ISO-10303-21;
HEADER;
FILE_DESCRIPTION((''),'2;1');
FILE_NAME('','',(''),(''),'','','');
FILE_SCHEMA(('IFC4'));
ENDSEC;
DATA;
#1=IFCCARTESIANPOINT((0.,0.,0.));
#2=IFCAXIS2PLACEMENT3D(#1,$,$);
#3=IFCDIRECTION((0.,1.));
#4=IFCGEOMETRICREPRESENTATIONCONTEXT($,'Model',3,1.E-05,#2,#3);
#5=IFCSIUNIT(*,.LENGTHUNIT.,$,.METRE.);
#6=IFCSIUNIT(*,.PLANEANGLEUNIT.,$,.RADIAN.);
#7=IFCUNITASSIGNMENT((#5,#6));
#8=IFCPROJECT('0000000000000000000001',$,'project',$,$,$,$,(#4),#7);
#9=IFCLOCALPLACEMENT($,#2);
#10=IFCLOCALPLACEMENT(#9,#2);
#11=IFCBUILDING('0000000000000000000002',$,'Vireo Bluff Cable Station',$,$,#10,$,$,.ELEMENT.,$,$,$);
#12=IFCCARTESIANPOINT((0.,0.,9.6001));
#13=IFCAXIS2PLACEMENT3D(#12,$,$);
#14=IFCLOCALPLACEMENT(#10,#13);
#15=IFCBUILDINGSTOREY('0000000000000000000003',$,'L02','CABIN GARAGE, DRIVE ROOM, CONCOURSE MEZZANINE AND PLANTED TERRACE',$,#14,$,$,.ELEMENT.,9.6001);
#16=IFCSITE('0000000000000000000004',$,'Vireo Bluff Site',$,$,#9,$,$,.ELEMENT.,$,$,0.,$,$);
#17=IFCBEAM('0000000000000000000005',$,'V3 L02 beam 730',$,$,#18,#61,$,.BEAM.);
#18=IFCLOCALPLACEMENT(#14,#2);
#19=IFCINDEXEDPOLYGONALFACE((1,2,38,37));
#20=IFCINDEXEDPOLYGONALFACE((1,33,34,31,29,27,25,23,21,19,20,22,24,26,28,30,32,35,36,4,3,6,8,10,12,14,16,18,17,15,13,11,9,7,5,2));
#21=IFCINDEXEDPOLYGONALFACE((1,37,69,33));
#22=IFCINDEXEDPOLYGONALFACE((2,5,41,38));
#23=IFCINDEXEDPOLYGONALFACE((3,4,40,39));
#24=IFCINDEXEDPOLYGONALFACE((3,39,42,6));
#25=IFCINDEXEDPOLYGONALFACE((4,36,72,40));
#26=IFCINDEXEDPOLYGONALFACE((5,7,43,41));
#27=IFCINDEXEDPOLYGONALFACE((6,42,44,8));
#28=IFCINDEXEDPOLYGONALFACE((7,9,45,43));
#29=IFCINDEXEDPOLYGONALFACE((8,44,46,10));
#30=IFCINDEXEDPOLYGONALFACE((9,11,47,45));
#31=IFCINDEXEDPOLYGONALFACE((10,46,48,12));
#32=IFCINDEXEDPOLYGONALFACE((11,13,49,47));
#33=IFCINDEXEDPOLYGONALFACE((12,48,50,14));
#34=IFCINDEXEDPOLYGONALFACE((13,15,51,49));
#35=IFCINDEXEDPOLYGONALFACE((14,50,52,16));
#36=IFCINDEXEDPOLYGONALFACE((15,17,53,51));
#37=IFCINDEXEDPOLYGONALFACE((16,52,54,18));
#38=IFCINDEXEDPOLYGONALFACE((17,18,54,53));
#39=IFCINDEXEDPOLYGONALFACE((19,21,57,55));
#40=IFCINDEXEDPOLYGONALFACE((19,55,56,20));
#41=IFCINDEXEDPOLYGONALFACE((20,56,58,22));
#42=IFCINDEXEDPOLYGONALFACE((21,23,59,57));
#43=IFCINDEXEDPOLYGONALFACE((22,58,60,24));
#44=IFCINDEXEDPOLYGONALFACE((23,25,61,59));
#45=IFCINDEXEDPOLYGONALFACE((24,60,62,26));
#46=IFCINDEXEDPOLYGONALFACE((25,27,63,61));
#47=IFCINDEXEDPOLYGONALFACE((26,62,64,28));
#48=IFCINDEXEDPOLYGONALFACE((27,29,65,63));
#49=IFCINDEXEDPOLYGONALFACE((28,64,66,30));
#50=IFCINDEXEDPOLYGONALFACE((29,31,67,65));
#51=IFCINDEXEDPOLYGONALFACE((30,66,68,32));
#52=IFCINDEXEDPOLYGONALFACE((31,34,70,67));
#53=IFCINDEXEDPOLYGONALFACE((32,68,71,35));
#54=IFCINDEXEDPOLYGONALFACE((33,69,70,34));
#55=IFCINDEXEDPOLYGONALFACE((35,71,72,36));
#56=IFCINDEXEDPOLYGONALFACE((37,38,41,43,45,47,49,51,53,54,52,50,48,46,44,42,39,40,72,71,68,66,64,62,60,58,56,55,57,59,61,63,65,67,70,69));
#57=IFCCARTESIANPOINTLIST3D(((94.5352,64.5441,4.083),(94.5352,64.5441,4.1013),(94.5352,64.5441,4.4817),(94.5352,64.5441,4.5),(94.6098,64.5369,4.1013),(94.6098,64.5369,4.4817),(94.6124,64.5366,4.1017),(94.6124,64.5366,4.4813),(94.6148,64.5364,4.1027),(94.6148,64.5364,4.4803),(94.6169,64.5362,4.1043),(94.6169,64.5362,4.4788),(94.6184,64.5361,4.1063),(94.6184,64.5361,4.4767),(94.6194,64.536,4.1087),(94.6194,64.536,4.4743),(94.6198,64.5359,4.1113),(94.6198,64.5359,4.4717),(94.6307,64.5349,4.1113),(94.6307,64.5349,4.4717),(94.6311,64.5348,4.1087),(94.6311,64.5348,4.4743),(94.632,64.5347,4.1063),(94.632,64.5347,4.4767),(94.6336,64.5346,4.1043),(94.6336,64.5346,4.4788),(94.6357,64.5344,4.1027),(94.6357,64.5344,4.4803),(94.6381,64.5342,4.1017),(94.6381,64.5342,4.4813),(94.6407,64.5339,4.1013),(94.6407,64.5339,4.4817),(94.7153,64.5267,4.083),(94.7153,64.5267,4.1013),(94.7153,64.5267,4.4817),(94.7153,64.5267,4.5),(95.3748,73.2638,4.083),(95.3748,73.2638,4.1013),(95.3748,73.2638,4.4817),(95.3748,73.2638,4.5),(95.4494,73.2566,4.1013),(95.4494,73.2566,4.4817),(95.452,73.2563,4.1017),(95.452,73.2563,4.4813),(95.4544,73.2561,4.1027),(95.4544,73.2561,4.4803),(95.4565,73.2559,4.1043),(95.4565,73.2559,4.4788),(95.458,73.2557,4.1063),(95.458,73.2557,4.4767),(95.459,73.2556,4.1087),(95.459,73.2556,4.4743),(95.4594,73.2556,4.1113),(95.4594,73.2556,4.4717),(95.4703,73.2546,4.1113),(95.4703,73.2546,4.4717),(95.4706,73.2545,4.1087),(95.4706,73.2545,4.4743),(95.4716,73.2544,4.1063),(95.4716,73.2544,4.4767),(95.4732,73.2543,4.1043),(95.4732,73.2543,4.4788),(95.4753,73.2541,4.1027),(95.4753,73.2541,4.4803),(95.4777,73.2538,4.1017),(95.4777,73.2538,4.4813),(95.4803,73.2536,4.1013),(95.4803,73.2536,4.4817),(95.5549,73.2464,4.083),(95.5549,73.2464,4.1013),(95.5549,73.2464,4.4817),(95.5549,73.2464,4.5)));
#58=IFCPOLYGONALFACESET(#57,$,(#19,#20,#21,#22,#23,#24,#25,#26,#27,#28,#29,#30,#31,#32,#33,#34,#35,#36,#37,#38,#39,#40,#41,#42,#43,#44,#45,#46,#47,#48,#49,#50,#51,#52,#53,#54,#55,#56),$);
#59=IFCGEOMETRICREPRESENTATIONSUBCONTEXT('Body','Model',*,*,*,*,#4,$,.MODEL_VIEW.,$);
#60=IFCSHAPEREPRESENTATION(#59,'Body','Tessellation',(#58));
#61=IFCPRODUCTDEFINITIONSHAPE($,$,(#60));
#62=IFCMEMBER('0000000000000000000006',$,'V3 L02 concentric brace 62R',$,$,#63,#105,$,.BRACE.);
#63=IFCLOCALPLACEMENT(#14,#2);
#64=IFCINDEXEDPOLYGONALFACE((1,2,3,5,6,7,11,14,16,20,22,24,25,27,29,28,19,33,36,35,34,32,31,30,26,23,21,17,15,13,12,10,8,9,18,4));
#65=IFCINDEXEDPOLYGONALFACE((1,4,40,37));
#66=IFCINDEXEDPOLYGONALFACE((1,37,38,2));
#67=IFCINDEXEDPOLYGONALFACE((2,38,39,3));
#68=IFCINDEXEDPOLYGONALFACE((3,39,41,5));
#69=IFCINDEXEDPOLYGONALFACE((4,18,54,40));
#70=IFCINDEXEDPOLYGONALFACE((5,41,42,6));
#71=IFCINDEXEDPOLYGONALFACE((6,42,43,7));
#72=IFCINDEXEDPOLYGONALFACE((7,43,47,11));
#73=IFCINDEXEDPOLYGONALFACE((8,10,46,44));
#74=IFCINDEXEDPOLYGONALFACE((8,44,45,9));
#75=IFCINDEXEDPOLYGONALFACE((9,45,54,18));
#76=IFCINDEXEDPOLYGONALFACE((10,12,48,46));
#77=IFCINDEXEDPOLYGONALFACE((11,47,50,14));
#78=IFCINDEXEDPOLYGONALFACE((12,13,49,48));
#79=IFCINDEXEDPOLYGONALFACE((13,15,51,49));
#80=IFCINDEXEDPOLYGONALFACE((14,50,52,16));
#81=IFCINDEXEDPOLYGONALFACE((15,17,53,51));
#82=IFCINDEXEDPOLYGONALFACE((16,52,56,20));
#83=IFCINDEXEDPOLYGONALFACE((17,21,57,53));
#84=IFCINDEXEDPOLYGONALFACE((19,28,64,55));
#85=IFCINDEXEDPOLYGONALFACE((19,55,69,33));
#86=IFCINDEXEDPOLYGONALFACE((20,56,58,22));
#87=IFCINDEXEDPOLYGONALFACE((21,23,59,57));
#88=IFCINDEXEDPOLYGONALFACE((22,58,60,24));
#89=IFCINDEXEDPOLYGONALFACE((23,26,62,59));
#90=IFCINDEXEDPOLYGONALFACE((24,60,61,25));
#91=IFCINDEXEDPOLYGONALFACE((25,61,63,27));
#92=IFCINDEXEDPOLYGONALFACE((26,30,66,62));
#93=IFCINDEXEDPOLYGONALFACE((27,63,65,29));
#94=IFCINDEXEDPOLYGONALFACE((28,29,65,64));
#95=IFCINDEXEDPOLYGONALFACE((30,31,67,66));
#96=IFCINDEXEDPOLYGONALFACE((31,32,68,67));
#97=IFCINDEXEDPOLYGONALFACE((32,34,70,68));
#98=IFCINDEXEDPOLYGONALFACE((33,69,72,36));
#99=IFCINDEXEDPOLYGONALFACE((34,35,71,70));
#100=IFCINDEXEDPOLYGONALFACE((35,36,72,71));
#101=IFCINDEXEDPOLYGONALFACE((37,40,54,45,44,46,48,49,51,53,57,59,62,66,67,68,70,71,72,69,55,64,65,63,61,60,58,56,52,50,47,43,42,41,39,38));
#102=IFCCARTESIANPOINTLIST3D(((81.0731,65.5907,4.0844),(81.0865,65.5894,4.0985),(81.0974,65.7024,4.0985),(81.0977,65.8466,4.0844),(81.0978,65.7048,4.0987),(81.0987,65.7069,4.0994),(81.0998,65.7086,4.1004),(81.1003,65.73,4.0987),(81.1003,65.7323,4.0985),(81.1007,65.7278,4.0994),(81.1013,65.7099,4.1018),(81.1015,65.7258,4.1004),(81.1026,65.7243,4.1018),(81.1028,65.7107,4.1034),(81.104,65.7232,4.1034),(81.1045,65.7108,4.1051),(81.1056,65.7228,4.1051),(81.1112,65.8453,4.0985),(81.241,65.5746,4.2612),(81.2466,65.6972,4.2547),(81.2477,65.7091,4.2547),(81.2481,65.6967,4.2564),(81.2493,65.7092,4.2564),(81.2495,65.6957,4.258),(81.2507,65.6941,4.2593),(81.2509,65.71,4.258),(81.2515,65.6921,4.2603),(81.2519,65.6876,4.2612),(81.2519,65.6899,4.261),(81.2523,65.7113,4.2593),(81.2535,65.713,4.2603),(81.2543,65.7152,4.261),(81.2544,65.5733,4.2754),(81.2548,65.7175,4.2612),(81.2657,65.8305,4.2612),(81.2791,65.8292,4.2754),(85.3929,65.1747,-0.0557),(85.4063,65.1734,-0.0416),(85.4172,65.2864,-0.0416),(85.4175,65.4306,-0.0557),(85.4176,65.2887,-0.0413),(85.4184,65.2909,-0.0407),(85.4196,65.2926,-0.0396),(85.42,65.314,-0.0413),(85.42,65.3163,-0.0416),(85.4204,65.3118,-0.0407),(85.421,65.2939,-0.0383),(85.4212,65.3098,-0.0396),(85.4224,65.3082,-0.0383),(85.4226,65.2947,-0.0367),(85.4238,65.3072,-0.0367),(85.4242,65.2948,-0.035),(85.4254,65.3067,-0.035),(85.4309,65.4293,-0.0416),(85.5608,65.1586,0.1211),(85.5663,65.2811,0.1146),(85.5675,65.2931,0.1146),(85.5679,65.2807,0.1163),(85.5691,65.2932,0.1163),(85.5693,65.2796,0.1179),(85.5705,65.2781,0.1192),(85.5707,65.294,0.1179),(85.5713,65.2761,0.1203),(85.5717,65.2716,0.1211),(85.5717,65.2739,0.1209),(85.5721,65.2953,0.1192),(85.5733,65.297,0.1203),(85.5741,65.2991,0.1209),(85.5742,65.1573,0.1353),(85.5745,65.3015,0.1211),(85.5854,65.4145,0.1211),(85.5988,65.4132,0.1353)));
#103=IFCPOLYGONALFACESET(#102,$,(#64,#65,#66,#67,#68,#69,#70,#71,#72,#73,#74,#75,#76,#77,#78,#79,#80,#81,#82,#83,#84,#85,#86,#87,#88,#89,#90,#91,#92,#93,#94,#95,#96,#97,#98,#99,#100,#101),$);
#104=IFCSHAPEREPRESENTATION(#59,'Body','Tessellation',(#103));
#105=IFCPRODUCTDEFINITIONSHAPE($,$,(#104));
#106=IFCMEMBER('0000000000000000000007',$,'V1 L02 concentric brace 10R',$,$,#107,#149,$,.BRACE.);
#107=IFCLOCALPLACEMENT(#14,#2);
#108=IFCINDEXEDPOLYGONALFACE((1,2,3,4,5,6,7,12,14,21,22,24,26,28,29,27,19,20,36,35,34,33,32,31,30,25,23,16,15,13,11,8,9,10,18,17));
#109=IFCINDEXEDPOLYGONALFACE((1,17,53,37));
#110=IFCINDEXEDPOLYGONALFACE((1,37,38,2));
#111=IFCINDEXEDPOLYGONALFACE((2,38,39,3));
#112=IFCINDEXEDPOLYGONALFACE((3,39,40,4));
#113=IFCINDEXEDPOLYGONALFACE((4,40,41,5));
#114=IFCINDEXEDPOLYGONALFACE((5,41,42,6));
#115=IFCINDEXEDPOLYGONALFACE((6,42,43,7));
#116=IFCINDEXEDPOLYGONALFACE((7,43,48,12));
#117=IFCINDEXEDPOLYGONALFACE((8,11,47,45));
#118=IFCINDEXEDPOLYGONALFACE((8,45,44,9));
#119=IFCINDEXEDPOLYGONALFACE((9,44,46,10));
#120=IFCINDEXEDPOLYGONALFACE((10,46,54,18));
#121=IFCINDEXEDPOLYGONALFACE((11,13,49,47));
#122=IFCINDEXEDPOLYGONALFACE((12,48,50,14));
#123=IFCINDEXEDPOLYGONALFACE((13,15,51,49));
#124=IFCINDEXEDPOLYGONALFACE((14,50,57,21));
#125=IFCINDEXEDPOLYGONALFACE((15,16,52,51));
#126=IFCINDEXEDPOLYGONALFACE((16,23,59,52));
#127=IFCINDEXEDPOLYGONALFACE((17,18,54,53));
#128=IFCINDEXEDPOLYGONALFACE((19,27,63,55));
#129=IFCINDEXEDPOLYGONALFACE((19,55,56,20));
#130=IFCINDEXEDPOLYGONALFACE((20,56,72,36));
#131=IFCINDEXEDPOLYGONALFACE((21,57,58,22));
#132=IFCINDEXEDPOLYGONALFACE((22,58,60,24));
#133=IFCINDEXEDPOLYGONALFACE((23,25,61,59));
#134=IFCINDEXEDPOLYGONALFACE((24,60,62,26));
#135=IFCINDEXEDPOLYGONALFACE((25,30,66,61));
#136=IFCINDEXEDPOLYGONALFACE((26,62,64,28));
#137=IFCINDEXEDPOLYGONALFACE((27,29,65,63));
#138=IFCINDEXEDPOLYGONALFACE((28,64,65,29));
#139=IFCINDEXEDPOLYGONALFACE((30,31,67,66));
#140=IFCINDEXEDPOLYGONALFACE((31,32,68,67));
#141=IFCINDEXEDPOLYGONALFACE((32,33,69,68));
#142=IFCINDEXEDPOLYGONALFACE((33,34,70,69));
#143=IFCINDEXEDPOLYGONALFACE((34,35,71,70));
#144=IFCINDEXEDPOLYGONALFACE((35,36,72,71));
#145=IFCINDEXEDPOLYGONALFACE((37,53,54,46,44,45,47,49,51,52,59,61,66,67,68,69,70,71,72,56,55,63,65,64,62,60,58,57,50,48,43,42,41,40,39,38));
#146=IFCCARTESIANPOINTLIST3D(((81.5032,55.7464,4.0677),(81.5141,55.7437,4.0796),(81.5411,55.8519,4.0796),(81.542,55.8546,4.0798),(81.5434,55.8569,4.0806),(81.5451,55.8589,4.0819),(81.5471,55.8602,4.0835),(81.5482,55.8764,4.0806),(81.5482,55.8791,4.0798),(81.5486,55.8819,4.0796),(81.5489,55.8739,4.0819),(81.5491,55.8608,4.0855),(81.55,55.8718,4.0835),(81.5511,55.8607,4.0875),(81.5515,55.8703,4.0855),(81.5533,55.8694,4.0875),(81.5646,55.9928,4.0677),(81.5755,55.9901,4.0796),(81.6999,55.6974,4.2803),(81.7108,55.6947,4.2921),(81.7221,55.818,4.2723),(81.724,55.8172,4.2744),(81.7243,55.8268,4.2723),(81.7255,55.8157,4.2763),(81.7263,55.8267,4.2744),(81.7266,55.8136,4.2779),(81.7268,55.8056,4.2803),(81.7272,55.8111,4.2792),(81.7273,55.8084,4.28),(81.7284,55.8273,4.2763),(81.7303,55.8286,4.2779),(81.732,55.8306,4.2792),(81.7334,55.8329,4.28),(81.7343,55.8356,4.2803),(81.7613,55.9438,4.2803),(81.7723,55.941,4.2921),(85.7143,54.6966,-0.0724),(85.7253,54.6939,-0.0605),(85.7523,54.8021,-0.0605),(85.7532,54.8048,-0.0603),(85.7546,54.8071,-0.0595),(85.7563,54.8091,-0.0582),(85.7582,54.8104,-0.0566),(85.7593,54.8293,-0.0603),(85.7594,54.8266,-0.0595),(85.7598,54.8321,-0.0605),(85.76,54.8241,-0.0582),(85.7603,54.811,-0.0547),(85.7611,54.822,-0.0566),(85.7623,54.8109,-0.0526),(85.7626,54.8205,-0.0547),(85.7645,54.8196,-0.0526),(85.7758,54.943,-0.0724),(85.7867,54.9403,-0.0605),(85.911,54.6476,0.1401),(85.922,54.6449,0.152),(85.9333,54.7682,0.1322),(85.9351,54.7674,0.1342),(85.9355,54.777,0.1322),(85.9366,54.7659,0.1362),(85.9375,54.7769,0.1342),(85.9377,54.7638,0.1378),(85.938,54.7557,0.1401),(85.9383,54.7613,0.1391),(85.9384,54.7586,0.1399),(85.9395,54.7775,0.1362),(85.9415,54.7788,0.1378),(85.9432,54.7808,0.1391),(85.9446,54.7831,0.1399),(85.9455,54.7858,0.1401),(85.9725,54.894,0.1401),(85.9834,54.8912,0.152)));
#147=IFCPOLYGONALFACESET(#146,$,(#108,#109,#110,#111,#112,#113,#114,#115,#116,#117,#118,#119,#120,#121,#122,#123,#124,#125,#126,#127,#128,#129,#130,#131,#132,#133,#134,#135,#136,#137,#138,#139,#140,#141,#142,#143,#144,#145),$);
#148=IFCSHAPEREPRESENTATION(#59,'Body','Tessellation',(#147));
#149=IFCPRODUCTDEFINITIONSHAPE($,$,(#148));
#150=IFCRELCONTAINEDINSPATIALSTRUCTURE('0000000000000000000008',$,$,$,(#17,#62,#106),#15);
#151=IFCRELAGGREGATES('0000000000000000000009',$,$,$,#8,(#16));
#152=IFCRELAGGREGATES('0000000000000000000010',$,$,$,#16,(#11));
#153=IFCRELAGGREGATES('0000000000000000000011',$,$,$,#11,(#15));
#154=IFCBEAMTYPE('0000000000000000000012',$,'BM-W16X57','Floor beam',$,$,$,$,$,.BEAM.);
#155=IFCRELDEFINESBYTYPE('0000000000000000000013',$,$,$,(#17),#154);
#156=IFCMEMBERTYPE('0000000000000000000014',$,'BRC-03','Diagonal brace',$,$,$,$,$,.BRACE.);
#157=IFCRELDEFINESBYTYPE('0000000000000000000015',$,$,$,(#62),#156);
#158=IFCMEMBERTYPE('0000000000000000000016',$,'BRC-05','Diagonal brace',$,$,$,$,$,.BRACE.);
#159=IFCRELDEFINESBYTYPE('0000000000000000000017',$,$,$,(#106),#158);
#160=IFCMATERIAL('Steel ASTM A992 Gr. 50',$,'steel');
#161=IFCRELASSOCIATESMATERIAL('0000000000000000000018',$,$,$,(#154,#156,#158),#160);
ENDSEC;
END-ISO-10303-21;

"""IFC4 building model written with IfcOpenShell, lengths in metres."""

from ifc_helpers import new_model, si_unit, direction, frame, origin, origin_2d, place, context, subcontext, project, spatial, i_section, extrude, material, material_profile, profile_set, type_object, element, save


model = new_model("IFC4")

# Units and contexts
model_context = context("Model", 3, precision=1e-05, world=origin(), true_north=direction((0.0, 1.0)))
body_context = subcontext(model_context, "Body", "Model", "MODEL_VIEW")
ifc_project = project(units=[si_unit("LENGTHUNIT", "METRE"), si_unit("PLANEANGLEUNIT", "RADIAN")], contexts=[model_context])

# Site, building, storey
site_placement = place(None, origin())
site = spatial("IfcSite", under=ifc_project, at=site_placement, Name="Vireo Bluff Site", CompositionType="ELEMENT", RefElevation=0.0)
building_placement = place(site_placement, origin())
building = spatial("IfcBuilding", under=site, at=building_placement, Name="Vireo Bluff Cable Station", CompositionType="ELEMENT")
storey_placement = place(building_placement, frame((0.0, 0.0, 9.6001)))
storey = spatial("IfcBuildingStorey", under=building, at=storey_placement, Name="L02", Description="CABIN GARAGE, DRIVE ROOM, CONCOURSE MEZZANINE AND PLANTED TERRACE", CompositionType="ELEMENT", Elevation=9.6001)

# Shared definitions
ifc_material_1 = material(Name="Steel ASTM A992 Gr. 50", Category="steel")

# Beam
ifc_material_profile_1 = material_profile(ifc_material_1, i_section(OverallWidth=0.1809, OverallDepth=0.417, WebThickness=0.011, FlangeThickness=0.0183, FilletRadius=0.01, at=origin_2d()), Name="W16X57")
ifc_profile_set_1 = profile_set([ifc_material_profile_1], Name="Steel ASTM A992 Gr. 50")
beam_type_1 = type_object("IfcBeamType", Name="BM-W16X57", Description="Floor beam", PredefinedType="BEAM", material=ifc_profile_set_1)
beam_1_placement = place(storey_placement, frame((94.6252, 64.5354, 4.2915), z_axis=(0.095844, 0.995396, 0.0), x_axis=(-0.995396, 0.095844, 0.0)))
element("IfcBeam", 1, at=beam_1_placement, inside=storey, type_object=beam_type_1, Name="V3 L02 beam 730", PredefinedType="BEAM", context=body_context, shape_type="SweptSolid", body=[
    extrude(i_section(OverallWidth=0.1809, OverallDepth=0.417, WebThickness=0.011, FlangeThickness=0.0183, FilletRadius=0.01, at=origin_2d()), origin(), (0.0, 0.0, 1.0), 8.76),
])

# Members
ifc_material_profile_2 = material_profile(ifc_material_1, i_section(OverallWidth=0.2571, OverallDepth=0.2639, WebThickness=0.012, FlangeThickness=0.0195, FilletRadius=0.009, at=origin_2d()), Name="W10X68")
ifc_profile_set_2 = profile_set([ifc_material_profile_2], Name="Steel ASTM A992 Gr. 50")
member_type_1 = type_object("IfcMemberType", Name="BRC-03", Description="Diagonal brace", PredefinedType="BRACE", material=ifc_profile_set_2)
member_1_placement = place(storey_placement, frame((85.4958, 65.2939, 0.0398), z_axis=(-0.720224, 0.06936, 0.690266), x_axis=(-0.09586, -0.995395, 0.0)))
element("IfcMember", 2, at=member_1_placement, inside=storey, type_object=member_type_1, Name="V3 L02 concentric brace 62R", PredefinedType="BRACE", context=body_context, shape_type="SweptSolid", body=[
    extrude(i_section(OverallWidth=0.2571, OverallDepth=0.2639, WebThickness=0.012, FlangeThickness=0.0195, FilletRadius=0.009, at=origin_2d()), origin(), (0.0, 0.0, 1.0), 5.9978),
])
ifc_material_profile_3 = material_profile(ifc_material_1, i_section(OverallWidth=0.2539, OverallDepth=0.3101, WebThickness=0.009, FlangeThickness=0.0164, FilletRadius=0.011, at=origin_2d()), Name="W12X58")
ifc_profile_set_3 = profile_set([ifc_material_profile_3], Name="Steel ASTM A992 Gr. 50")
member_type_2 = type_object("IfcMemberType", Name="BRC-05", Description="Diagonal brace", PredefinedType="BRACE", material=ifc_profile_set_3)
member_2_placement = place(storey_placement, frame((85.8489, 54.7939, 0.0398), z_axis=(-0.702089, 0.175024, 0.690245), x_axis=(-0.241887, -0.970304, 0.0)))
element("IfcMember", 3, at=member_2_placement, inside=storey, type_object=member_type_2, Name="V1 L02 concentric brace 10R", PredefinedType="BRACE", context=body_context, shape_type="SweptSolid", body=[
    extrude(i_section(OverallWidth=0.2539, OverallDepth=0.3101, WebThickness=0.009, FlangeThickness=0.0164, FilletRadius=0.011, at=origin_2d()), origin(), (0.0, 0.0, 1.0), 5.998),
])

save(model, "model.ifc")
